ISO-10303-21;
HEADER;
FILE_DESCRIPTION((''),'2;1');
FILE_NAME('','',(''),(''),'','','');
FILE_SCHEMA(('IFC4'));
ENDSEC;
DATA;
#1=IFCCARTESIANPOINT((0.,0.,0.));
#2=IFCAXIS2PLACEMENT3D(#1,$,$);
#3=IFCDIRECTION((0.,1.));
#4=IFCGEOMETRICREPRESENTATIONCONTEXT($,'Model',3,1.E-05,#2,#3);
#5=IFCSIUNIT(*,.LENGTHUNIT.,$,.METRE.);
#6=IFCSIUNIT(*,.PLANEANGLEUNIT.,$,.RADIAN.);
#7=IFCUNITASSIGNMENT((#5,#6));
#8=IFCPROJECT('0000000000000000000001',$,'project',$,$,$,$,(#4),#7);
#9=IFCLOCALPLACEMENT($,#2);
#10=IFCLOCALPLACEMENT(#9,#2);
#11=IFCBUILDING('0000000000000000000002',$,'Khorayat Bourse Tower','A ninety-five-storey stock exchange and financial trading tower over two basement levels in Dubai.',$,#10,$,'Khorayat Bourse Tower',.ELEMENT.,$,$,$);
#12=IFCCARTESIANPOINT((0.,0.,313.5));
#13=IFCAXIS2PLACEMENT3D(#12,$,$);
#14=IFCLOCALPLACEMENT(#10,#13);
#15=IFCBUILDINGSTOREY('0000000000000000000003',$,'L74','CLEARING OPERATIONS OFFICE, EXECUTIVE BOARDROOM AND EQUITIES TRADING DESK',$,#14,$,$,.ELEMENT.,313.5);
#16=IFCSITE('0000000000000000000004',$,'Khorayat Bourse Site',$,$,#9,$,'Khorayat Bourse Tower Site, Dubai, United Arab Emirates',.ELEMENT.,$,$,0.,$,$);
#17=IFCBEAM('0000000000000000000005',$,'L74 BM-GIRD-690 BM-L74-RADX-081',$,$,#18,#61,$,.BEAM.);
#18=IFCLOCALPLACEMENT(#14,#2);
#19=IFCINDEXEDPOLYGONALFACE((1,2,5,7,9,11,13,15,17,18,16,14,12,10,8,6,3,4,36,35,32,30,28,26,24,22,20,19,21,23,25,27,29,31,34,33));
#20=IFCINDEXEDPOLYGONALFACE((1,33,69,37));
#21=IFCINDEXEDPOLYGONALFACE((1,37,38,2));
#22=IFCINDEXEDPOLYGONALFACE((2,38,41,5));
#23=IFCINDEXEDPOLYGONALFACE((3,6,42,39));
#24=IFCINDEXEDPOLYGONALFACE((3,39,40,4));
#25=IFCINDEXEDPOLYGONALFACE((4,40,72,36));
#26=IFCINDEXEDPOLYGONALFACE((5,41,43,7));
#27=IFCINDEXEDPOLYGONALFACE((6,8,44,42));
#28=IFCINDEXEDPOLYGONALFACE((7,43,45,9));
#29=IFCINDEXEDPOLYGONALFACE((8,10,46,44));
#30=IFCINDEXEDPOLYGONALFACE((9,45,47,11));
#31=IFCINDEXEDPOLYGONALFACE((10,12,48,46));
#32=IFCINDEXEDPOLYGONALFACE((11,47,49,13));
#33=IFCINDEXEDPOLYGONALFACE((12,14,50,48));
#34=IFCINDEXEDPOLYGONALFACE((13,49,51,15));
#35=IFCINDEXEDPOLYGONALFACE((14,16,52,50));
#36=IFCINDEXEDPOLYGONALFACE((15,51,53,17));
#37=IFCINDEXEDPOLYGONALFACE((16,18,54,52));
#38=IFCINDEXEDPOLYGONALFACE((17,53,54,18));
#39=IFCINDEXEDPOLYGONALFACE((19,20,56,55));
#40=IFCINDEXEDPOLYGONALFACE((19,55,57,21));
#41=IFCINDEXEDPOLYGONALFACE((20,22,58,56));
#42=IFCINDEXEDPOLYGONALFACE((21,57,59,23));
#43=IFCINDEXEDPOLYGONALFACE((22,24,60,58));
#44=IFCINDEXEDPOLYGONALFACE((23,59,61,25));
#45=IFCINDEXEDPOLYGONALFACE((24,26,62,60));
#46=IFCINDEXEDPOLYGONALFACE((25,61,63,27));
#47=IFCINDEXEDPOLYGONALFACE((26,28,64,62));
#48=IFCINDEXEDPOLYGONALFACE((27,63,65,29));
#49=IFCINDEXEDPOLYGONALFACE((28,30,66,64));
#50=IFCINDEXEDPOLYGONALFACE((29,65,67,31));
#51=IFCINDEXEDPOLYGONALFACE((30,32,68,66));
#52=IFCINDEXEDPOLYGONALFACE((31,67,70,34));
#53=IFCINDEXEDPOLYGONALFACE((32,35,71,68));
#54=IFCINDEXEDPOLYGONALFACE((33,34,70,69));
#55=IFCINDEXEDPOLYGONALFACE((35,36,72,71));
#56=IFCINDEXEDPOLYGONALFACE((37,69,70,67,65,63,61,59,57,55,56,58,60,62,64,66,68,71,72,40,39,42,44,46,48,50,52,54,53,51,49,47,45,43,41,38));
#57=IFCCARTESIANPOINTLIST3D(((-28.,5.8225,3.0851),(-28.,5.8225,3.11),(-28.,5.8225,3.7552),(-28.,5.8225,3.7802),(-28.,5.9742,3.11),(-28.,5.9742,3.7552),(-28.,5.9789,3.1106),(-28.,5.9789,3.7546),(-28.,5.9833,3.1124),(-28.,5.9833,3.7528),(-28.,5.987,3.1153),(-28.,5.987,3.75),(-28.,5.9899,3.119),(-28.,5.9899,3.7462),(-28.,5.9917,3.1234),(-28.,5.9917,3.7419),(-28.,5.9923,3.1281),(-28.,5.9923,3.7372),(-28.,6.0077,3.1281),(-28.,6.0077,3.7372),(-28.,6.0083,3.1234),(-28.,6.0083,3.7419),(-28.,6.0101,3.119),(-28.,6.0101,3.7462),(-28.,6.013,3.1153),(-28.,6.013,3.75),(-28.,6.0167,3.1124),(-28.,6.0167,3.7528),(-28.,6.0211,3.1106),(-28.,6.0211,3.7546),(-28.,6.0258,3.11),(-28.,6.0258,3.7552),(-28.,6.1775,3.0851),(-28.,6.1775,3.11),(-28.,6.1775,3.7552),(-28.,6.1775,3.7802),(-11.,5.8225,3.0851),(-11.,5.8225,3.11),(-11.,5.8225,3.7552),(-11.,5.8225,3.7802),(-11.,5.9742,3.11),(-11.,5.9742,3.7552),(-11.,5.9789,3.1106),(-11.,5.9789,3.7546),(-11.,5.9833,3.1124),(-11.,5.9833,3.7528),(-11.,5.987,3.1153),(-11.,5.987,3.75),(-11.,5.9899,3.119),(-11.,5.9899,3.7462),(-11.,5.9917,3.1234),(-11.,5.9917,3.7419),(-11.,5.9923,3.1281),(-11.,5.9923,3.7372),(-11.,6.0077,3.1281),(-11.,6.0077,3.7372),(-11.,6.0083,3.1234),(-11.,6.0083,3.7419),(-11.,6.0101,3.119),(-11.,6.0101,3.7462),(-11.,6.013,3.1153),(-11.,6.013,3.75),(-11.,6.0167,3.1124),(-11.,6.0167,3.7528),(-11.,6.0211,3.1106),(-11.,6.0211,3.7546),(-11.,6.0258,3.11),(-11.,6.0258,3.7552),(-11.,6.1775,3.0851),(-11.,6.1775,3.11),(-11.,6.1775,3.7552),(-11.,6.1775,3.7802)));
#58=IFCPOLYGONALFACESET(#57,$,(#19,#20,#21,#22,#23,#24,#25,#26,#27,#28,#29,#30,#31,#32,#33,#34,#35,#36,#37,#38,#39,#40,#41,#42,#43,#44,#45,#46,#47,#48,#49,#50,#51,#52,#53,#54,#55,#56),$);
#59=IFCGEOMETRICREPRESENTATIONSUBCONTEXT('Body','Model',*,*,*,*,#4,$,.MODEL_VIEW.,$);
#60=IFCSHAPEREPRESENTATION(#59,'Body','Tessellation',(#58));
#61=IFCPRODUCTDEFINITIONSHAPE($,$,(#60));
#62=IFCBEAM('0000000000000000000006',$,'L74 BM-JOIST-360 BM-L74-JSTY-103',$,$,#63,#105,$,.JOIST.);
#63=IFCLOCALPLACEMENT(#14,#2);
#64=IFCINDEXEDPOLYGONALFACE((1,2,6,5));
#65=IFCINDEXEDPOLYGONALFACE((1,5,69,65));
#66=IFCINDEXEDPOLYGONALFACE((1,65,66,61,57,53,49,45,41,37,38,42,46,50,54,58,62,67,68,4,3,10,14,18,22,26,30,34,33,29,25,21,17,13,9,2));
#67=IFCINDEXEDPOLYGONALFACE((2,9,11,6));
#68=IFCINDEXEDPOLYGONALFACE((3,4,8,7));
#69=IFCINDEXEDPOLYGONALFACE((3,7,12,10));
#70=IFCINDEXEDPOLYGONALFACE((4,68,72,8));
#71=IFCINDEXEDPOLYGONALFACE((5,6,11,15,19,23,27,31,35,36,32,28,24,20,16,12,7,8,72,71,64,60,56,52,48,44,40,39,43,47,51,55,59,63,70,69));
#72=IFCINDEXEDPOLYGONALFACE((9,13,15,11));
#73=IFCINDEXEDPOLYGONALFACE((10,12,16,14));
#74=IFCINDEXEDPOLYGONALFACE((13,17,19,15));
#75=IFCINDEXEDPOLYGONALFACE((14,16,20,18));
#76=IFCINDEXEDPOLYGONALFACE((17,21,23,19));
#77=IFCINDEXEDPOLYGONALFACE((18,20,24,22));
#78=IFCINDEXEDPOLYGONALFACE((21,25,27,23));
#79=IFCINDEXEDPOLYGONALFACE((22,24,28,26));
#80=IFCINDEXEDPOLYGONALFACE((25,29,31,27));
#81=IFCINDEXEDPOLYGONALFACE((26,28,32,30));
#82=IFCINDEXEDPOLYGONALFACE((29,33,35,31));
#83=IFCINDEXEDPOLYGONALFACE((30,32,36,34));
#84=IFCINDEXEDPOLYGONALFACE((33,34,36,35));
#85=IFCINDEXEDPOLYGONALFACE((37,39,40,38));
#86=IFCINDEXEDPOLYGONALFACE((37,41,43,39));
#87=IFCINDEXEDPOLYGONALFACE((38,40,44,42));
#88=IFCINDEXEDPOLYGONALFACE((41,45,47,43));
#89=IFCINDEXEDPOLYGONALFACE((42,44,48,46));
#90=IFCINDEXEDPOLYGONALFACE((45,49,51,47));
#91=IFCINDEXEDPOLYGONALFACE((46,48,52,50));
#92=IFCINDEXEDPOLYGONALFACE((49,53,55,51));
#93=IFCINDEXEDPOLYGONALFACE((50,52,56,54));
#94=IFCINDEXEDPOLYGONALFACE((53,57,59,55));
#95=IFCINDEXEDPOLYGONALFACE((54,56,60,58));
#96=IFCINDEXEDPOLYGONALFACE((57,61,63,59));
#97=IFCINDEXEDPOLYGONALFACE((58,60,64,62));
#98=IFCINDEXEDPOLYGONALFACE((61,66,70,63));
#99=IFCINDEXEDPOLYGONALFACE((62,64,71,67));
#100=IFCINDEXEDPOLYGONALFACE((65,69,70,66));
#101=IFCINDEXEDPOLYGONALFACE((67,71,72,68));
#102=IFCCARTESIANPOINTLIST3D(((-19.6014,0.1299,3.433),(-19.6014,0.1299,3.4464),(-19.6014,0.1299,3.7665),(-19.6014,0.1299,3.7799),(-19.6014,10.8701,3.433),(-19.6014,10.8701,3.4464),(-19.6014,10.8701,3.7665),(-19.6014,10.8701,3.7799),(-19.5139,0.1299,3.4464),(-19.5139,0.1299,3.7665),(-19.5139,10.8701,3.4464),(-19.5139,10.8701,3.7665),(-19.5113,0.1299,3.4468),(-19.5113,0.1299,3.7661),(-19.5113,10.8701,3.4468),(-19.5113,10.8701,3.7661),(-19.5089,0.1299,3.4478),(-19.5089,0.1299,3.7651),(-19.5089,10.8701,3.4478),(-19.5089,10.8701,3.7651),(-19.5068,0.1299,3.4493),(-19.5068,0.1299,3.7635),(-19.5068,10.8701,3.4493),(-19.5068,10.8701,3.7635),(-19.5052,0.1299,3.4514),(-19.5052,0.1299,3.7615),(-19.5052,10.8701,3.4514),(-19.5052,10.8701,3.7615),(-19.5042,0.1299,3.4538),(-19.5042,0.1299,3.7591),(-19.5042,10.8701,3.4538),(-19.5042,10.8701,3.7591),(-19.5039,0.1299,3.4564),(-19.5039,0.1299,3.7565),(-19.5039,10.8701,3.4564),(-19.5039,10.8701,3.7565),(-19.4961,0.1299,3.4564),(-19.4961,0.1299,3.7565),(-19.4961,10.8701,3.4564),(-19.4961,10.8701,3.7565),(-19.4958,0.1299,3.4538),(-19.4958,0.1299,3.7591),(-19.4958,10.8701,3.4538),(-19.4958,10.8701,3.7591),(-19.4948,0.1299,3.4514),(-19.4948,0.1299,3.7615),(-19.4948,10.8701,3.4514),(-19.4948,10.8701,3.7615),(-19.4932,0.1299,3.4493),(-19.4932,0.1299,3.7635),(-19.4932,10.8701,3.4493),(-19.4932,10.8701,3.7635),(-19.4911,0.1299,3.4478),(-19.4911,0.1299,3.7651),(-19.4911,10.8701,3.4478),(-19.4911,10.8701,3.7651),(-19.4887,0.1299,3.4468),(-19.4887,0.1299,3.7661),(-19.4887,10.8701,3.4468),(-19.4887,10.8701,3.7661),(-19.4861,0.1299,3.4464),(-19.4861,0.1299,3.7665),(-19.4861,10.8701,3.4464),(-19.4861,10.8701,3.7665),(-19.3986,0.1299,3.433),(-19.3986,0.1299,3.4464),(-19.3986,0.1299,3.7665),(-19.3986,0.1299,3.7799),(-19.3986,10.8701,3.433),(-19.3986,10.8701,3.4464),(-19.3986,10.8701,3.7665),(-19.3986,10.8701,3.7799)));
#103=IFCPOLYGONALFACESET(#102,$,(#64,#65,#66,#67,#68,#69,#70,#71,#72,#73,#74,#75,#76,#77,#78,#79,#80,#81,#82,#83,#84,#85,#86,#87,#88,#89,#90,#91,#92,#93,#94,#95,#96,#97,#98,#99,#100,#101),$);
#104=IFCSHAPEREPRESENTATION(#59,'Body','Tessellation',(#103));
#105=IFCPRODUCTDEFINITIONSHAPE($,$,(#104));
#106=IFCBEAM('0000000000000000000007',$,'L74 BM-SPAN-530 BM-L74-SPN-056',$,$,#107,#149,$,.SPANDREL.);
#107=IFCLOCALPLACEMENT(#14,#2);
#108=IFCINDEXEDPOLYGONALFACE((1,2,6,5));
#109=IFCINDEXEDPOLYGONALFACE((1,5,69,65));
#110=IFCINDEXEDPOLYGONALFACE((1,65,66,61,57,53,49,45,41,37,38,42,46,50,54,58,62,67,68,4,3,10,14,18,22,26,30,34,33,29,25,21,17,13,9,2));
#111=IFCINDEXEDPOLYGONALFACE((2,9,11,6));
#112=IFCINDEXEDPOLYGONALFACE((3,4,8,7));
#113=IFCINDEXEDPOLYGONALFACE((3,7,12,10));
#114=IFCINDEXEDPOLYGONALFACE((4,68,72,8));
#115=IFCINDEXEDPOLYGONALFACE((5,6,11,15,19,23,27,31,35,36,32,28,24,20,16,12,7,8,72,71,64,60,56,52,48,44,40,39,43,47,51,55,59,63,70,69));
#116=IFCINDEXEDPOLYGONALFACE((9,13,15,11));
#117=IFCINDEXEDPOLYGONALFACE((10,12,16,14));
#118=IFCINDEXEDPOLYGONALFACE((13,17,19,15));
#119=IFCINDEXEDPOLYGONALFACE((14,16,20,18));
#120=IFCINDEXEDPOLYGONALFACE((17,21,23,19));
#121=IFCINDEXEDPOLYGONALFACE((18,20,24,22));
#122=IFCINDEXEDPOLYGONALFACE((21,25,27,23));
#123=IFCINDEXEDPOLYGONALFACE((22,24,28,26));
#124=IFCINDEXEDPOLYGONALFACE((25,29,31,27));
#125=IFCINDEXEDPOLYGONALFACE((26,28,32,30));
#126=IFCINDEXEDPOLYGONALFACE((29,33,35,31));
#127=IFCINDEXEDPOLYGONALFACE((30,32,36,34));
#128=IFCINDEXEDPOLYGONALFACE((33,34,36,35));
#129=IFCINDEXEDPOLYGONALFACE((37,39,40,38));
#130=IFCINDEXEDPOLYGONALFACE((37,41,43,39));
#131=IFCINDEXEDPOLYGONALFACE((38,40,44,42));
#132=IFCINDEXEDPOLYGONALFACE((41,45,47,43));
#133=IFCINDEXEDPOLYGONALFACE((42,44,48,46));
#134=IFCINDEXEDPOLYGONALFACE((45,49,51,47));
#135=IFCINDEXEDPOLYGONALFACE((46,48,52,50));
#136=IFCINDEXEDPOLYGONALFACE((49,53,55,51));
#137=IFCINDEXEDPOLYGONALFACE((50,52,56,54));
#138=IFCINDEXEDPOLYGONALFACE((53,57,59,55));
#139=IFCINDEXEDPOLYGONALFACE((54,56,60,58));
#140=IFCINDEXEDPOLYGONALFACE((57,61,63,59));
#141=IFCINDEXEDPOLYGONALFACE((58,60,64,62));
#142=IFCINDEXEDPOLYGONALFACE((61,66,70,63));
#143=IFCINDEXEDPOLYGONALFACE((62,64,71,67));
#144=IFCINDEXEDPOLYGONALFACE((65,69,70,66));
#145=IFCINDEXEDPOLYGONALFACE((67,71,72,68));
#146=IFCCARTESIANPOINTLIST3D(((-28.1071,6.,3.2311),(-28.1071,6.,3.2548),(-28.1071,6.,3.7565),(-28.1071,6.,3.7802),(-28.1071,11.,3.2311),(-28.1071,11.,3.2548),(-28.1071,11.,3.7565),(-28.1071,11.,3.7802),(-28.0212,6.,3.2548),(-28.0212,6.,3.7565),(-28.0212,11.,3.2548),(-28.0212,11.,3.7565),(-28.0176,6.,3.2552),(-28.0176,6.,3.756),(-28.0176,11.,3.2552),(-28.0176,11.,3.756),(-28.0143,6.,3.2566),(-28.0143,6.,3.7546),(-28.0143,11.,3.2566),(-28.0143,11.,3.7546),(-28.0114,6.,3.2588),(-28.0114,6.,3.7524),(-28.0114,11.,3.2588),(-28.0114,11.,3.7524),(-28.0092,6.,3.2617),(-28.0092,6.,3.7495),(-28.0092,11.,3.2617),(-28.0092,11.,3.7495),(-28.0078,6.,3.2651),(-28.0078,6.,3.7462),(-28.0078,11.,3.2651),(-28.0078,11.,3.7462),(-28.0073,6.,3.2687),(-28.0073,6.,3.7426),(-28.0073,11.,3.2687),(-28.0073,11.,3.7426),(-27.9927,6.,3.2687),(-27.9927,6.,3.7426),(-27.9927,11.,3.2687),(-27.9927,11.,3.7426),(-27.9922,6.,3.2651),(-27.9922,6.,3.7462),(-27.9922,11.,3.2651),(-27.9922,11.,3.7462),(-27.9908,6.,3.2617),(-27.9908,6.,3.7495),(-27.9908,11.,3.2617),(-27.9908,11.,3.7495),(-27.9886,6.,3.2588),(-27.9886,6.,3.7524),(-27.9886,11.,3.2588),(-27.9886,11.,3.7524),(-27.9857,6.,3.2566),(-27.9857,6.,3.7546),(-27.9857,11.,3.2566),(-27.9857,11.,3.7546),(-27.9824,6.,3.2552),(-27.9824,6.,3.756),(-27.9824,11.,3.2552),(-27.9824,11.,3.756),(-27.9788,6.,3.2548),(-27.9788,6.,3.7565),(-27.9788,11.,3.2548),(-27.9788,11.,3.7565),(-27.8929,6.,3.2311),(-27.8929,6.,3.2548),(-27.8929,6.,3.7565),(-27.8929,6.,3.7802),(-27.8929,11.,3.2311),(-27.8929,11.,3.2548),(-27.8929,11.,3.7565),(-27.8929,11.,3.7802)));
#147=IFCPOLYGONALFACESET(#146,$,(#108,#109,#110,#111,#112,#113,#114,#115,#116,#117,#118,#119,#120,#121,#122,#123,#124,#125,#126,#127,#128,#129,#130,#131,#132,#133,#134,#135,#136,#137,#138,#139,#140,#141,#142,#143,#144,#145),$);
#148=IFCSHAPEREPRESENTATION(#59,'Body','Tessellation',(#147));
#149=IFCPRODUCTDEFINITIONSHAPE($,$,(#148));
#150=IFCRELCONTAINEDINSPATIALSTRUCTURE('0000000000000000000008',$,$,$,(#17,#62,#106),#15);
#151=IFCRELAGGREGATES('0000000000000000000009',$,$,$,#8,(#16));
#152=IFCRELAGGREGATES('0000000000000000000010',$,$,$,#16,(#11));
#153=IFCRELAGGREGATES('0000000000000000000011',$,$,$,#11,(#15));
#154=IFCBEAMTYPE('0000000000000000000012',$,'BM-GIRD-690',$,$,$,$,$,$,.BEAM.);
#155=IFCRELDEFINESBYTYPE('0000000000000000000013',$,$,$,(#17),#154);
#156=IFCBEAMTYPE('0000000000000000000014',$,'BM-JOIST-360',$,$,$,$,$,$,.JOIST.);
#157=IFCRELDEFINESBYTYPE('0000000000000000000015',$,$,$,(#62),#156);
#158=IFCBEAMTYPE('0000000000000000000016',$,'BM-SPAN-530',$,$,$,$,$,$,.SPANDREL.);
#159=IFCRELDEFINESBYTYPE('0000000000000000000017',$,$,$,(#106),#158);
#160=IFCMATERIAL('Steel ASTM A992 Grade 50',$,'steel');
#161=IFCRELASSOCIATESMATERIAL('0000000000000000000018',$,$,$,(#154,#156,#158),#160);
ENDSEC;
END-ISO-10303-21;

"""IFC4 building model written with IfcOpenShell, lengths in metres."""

from ifc_helpers import new_model, si_unit, direction, frame, origin, origin_2d, place, context, subcontext, project, spatial, i_section, extrude, source, transform, mapped, material, material_profile, profile_set, type_object, element, save


model = new_model("IFC4")

# Units and contexts
model_context = context("Model", 3, precision=1e-05, world=origin(), true_north=direction((0.0, 1.0)))
body_context = subcontext(model_context, "Body", "Model", "MODEL_VIEW")
ifc_project = project(units=[si_unit("LENGTHUNIT", "METRE"), si_unit("PLANEANGLEUNIT", "RADIAN")], contexts=[model_context])

# Site, building, storey
site_placement = place(None, origin())
site = spatial("IfcSite", under=ifc_project, at=site_placement, Name="Khorayat Bourse Site", LongName="Khorayat Bourse Tower Site, Dubai, United Arab Emirates", CompositionType="ELEMENT", RefElevation=0.0)
building_placement = place(site_placement, origin())
building = spatial("IfcBuilding", under=site, at=building_placement, Name="Khorayat Bourse Tower", Description="A ninety-five-storey stock exchange and financial trading tower over two basement levels in Dubai.", LongName="Khorayat Bourse Tower", CompositionType="ELEMENT")
storey_placement = place(building_placement, frame((0.0, 0.0, 313.5)))
storey = spatial("IfcBuildingStorey", under=building, at=storey_placement, Name="L74", Description="CLEARING OPERATIONS OFFICE, EXECUTIVE BOARDROOM AND EQUITIES TRADING DESK", CompositionType="ELEMENT", Elevation=313.5)

# Beams
ifc_material_1 = material(Name="Steel ASTM A992 Grade 50", Category="steel")
ifc_material_profile_1 = material_profile(ifc_material_1, i_section(OverallWidth=0.355, OverallDepth=0.6951, WebThickness=0.0154, FlangeThickness=0.0249, FilletRadius=0.0181, at=origin_2d()), Name="W690X217")
ifc_profile_set_1 = profile_set([ifc_material_profile_1], Name="Steel ASTM A992 Grade 50")
beam_type_1 = type_object("IfcBeamType", Name="BM-GIRD-690", PredefinedType="BEAM", material=ifc_profile_set_1)
shared_shape_1 = source(origin(), body_context, "Body", "SweptSolid", [
    extrude(i_section(OverallWidth=0.355, OverallDepth=0.6951, WebThickness=0.0154, FlangeThickness=0.0249, FilletRadius=0.0181, at=origin_2d()), origin(), (0.0, 0.0, 1.0), 17.0),
])
for number, where, z_axis, x_axis, name in (
    (1, (-28.0, 6.0, 3.4326), (1.0, 0.0, 0.0), (0.0, 1.0, 0.0), "L74 BM-GIRD-690 BM-L74-RADX-081"),
):
    element("IfcBeam", number, at=place(storey_placement, frame(where, z_axis=z_axis, x_axis=x_axis)), inside=storey, type_object=beam_type_1, Name=name, PredefinedType="BEAM", context=body_context, shape_type="MappedRepresentation", body=[
        mapped(shared_shape_1, transform((0.0, 0.0, 0.0), scale=1.0)),
    ])
ifc_material_profile_2 = material_profile(ifc_material_1, i_section(OverallWidth=0.2029, OverallDepth=0.3469, WebThickness=0.0078, FlangeThickness=0.0134, FilletRadius=0.01, at=origin_2d()), Name="W360X64")
ifc_profile_set_2 = profile_set([ifc_material_profile_2], Name="Steel ASTM A992 Grade 50")
beam_type_2 = type_object("IfcBeamType", Name="BM-JOIST-360", PredefinedType="JOIST", material=ifc_profile_set_2)
shared_shape_2 = source(origin(), body_context, "Body", "SweptSolid", [
    extrude(i_section(OverallWidth=0.2029, OverallDepth=0.3469, WebThickness=0.0078, FlangeThickness=0.0134, FilletRadius=0.01, at=origin_2d()), origin(), (0.0, 0.0, 1.0), 10.7402),
])
beam_1_placement = place(storey_placement, frame((-19.5, 0.1299, 3.6064), z_axis=(0.0, 1.0, 0.0), x_axis=(-1.0, 0.0, 0.0)))
element("IfcBeam", 2, at=beam_1_placement, inside=storey, type_object=beam_type_2, Name="L74 BM-JOIST-360 BM-L74-JSTY-103", PredefinedType="JOIST", context=body_context, shape_type="MappedRepresentation", body=[
    mapped(shared_shape_2, transform((0.0, 0.0, 0.0), scale=1.0)),
])
ifc_material_profile_3 = material_profile(ifc_material_1, i_section(OverallWidth=0.2141, OverallDepth=0.5491, WebThickness=0.0146, FlangeThickness=0.0237, FilletRadius=0.0139, at=origin_2d()), Name="W530X138")
ifc_profile_set_3 = profile_set([ifc_material_profile_3], Name="Steel ASTM A992 Grade 50")
beam_type_3 = type_object("IfcBeamType", Name="BM-SPAN-530", PredefinedType="SPANDREL", material=ifc_profile_set_3)
shared_shape_3 = source(origin(), body_context, "Body", "SweptSolid", [
    extrude(i_section(OverallWidth=0.2141, OverallDepth=0.5491, WebThickness=0.0146, FlangeThickness=0.0237, FilletRadius=0.0139, at=origin_2d()), origin(), (0.0, 0.0, 1.0), 5.0),
])
beam_2_placement = place(storey_placement, frame((-28.0, 6.0, 3.5056), z_axis=(0.0, 1.0, 0.0), x_axis=(-1.0, 0.0, 0.0)))
element("IfcBeam", 3, at=beam_2_placement, inside=storey, type_object=beam_type_3, Name="L74 BM-SPAN-530 BM-L74-SPN-056", PredefinedType="SPANDREL", context=body_context, shape_type="MappedRepresentation", body=[
    mapped(shared_shape_3, transform((0.0, 0.0, 0.0), scale=1.0)),
])

save(model, "model.ifc")
